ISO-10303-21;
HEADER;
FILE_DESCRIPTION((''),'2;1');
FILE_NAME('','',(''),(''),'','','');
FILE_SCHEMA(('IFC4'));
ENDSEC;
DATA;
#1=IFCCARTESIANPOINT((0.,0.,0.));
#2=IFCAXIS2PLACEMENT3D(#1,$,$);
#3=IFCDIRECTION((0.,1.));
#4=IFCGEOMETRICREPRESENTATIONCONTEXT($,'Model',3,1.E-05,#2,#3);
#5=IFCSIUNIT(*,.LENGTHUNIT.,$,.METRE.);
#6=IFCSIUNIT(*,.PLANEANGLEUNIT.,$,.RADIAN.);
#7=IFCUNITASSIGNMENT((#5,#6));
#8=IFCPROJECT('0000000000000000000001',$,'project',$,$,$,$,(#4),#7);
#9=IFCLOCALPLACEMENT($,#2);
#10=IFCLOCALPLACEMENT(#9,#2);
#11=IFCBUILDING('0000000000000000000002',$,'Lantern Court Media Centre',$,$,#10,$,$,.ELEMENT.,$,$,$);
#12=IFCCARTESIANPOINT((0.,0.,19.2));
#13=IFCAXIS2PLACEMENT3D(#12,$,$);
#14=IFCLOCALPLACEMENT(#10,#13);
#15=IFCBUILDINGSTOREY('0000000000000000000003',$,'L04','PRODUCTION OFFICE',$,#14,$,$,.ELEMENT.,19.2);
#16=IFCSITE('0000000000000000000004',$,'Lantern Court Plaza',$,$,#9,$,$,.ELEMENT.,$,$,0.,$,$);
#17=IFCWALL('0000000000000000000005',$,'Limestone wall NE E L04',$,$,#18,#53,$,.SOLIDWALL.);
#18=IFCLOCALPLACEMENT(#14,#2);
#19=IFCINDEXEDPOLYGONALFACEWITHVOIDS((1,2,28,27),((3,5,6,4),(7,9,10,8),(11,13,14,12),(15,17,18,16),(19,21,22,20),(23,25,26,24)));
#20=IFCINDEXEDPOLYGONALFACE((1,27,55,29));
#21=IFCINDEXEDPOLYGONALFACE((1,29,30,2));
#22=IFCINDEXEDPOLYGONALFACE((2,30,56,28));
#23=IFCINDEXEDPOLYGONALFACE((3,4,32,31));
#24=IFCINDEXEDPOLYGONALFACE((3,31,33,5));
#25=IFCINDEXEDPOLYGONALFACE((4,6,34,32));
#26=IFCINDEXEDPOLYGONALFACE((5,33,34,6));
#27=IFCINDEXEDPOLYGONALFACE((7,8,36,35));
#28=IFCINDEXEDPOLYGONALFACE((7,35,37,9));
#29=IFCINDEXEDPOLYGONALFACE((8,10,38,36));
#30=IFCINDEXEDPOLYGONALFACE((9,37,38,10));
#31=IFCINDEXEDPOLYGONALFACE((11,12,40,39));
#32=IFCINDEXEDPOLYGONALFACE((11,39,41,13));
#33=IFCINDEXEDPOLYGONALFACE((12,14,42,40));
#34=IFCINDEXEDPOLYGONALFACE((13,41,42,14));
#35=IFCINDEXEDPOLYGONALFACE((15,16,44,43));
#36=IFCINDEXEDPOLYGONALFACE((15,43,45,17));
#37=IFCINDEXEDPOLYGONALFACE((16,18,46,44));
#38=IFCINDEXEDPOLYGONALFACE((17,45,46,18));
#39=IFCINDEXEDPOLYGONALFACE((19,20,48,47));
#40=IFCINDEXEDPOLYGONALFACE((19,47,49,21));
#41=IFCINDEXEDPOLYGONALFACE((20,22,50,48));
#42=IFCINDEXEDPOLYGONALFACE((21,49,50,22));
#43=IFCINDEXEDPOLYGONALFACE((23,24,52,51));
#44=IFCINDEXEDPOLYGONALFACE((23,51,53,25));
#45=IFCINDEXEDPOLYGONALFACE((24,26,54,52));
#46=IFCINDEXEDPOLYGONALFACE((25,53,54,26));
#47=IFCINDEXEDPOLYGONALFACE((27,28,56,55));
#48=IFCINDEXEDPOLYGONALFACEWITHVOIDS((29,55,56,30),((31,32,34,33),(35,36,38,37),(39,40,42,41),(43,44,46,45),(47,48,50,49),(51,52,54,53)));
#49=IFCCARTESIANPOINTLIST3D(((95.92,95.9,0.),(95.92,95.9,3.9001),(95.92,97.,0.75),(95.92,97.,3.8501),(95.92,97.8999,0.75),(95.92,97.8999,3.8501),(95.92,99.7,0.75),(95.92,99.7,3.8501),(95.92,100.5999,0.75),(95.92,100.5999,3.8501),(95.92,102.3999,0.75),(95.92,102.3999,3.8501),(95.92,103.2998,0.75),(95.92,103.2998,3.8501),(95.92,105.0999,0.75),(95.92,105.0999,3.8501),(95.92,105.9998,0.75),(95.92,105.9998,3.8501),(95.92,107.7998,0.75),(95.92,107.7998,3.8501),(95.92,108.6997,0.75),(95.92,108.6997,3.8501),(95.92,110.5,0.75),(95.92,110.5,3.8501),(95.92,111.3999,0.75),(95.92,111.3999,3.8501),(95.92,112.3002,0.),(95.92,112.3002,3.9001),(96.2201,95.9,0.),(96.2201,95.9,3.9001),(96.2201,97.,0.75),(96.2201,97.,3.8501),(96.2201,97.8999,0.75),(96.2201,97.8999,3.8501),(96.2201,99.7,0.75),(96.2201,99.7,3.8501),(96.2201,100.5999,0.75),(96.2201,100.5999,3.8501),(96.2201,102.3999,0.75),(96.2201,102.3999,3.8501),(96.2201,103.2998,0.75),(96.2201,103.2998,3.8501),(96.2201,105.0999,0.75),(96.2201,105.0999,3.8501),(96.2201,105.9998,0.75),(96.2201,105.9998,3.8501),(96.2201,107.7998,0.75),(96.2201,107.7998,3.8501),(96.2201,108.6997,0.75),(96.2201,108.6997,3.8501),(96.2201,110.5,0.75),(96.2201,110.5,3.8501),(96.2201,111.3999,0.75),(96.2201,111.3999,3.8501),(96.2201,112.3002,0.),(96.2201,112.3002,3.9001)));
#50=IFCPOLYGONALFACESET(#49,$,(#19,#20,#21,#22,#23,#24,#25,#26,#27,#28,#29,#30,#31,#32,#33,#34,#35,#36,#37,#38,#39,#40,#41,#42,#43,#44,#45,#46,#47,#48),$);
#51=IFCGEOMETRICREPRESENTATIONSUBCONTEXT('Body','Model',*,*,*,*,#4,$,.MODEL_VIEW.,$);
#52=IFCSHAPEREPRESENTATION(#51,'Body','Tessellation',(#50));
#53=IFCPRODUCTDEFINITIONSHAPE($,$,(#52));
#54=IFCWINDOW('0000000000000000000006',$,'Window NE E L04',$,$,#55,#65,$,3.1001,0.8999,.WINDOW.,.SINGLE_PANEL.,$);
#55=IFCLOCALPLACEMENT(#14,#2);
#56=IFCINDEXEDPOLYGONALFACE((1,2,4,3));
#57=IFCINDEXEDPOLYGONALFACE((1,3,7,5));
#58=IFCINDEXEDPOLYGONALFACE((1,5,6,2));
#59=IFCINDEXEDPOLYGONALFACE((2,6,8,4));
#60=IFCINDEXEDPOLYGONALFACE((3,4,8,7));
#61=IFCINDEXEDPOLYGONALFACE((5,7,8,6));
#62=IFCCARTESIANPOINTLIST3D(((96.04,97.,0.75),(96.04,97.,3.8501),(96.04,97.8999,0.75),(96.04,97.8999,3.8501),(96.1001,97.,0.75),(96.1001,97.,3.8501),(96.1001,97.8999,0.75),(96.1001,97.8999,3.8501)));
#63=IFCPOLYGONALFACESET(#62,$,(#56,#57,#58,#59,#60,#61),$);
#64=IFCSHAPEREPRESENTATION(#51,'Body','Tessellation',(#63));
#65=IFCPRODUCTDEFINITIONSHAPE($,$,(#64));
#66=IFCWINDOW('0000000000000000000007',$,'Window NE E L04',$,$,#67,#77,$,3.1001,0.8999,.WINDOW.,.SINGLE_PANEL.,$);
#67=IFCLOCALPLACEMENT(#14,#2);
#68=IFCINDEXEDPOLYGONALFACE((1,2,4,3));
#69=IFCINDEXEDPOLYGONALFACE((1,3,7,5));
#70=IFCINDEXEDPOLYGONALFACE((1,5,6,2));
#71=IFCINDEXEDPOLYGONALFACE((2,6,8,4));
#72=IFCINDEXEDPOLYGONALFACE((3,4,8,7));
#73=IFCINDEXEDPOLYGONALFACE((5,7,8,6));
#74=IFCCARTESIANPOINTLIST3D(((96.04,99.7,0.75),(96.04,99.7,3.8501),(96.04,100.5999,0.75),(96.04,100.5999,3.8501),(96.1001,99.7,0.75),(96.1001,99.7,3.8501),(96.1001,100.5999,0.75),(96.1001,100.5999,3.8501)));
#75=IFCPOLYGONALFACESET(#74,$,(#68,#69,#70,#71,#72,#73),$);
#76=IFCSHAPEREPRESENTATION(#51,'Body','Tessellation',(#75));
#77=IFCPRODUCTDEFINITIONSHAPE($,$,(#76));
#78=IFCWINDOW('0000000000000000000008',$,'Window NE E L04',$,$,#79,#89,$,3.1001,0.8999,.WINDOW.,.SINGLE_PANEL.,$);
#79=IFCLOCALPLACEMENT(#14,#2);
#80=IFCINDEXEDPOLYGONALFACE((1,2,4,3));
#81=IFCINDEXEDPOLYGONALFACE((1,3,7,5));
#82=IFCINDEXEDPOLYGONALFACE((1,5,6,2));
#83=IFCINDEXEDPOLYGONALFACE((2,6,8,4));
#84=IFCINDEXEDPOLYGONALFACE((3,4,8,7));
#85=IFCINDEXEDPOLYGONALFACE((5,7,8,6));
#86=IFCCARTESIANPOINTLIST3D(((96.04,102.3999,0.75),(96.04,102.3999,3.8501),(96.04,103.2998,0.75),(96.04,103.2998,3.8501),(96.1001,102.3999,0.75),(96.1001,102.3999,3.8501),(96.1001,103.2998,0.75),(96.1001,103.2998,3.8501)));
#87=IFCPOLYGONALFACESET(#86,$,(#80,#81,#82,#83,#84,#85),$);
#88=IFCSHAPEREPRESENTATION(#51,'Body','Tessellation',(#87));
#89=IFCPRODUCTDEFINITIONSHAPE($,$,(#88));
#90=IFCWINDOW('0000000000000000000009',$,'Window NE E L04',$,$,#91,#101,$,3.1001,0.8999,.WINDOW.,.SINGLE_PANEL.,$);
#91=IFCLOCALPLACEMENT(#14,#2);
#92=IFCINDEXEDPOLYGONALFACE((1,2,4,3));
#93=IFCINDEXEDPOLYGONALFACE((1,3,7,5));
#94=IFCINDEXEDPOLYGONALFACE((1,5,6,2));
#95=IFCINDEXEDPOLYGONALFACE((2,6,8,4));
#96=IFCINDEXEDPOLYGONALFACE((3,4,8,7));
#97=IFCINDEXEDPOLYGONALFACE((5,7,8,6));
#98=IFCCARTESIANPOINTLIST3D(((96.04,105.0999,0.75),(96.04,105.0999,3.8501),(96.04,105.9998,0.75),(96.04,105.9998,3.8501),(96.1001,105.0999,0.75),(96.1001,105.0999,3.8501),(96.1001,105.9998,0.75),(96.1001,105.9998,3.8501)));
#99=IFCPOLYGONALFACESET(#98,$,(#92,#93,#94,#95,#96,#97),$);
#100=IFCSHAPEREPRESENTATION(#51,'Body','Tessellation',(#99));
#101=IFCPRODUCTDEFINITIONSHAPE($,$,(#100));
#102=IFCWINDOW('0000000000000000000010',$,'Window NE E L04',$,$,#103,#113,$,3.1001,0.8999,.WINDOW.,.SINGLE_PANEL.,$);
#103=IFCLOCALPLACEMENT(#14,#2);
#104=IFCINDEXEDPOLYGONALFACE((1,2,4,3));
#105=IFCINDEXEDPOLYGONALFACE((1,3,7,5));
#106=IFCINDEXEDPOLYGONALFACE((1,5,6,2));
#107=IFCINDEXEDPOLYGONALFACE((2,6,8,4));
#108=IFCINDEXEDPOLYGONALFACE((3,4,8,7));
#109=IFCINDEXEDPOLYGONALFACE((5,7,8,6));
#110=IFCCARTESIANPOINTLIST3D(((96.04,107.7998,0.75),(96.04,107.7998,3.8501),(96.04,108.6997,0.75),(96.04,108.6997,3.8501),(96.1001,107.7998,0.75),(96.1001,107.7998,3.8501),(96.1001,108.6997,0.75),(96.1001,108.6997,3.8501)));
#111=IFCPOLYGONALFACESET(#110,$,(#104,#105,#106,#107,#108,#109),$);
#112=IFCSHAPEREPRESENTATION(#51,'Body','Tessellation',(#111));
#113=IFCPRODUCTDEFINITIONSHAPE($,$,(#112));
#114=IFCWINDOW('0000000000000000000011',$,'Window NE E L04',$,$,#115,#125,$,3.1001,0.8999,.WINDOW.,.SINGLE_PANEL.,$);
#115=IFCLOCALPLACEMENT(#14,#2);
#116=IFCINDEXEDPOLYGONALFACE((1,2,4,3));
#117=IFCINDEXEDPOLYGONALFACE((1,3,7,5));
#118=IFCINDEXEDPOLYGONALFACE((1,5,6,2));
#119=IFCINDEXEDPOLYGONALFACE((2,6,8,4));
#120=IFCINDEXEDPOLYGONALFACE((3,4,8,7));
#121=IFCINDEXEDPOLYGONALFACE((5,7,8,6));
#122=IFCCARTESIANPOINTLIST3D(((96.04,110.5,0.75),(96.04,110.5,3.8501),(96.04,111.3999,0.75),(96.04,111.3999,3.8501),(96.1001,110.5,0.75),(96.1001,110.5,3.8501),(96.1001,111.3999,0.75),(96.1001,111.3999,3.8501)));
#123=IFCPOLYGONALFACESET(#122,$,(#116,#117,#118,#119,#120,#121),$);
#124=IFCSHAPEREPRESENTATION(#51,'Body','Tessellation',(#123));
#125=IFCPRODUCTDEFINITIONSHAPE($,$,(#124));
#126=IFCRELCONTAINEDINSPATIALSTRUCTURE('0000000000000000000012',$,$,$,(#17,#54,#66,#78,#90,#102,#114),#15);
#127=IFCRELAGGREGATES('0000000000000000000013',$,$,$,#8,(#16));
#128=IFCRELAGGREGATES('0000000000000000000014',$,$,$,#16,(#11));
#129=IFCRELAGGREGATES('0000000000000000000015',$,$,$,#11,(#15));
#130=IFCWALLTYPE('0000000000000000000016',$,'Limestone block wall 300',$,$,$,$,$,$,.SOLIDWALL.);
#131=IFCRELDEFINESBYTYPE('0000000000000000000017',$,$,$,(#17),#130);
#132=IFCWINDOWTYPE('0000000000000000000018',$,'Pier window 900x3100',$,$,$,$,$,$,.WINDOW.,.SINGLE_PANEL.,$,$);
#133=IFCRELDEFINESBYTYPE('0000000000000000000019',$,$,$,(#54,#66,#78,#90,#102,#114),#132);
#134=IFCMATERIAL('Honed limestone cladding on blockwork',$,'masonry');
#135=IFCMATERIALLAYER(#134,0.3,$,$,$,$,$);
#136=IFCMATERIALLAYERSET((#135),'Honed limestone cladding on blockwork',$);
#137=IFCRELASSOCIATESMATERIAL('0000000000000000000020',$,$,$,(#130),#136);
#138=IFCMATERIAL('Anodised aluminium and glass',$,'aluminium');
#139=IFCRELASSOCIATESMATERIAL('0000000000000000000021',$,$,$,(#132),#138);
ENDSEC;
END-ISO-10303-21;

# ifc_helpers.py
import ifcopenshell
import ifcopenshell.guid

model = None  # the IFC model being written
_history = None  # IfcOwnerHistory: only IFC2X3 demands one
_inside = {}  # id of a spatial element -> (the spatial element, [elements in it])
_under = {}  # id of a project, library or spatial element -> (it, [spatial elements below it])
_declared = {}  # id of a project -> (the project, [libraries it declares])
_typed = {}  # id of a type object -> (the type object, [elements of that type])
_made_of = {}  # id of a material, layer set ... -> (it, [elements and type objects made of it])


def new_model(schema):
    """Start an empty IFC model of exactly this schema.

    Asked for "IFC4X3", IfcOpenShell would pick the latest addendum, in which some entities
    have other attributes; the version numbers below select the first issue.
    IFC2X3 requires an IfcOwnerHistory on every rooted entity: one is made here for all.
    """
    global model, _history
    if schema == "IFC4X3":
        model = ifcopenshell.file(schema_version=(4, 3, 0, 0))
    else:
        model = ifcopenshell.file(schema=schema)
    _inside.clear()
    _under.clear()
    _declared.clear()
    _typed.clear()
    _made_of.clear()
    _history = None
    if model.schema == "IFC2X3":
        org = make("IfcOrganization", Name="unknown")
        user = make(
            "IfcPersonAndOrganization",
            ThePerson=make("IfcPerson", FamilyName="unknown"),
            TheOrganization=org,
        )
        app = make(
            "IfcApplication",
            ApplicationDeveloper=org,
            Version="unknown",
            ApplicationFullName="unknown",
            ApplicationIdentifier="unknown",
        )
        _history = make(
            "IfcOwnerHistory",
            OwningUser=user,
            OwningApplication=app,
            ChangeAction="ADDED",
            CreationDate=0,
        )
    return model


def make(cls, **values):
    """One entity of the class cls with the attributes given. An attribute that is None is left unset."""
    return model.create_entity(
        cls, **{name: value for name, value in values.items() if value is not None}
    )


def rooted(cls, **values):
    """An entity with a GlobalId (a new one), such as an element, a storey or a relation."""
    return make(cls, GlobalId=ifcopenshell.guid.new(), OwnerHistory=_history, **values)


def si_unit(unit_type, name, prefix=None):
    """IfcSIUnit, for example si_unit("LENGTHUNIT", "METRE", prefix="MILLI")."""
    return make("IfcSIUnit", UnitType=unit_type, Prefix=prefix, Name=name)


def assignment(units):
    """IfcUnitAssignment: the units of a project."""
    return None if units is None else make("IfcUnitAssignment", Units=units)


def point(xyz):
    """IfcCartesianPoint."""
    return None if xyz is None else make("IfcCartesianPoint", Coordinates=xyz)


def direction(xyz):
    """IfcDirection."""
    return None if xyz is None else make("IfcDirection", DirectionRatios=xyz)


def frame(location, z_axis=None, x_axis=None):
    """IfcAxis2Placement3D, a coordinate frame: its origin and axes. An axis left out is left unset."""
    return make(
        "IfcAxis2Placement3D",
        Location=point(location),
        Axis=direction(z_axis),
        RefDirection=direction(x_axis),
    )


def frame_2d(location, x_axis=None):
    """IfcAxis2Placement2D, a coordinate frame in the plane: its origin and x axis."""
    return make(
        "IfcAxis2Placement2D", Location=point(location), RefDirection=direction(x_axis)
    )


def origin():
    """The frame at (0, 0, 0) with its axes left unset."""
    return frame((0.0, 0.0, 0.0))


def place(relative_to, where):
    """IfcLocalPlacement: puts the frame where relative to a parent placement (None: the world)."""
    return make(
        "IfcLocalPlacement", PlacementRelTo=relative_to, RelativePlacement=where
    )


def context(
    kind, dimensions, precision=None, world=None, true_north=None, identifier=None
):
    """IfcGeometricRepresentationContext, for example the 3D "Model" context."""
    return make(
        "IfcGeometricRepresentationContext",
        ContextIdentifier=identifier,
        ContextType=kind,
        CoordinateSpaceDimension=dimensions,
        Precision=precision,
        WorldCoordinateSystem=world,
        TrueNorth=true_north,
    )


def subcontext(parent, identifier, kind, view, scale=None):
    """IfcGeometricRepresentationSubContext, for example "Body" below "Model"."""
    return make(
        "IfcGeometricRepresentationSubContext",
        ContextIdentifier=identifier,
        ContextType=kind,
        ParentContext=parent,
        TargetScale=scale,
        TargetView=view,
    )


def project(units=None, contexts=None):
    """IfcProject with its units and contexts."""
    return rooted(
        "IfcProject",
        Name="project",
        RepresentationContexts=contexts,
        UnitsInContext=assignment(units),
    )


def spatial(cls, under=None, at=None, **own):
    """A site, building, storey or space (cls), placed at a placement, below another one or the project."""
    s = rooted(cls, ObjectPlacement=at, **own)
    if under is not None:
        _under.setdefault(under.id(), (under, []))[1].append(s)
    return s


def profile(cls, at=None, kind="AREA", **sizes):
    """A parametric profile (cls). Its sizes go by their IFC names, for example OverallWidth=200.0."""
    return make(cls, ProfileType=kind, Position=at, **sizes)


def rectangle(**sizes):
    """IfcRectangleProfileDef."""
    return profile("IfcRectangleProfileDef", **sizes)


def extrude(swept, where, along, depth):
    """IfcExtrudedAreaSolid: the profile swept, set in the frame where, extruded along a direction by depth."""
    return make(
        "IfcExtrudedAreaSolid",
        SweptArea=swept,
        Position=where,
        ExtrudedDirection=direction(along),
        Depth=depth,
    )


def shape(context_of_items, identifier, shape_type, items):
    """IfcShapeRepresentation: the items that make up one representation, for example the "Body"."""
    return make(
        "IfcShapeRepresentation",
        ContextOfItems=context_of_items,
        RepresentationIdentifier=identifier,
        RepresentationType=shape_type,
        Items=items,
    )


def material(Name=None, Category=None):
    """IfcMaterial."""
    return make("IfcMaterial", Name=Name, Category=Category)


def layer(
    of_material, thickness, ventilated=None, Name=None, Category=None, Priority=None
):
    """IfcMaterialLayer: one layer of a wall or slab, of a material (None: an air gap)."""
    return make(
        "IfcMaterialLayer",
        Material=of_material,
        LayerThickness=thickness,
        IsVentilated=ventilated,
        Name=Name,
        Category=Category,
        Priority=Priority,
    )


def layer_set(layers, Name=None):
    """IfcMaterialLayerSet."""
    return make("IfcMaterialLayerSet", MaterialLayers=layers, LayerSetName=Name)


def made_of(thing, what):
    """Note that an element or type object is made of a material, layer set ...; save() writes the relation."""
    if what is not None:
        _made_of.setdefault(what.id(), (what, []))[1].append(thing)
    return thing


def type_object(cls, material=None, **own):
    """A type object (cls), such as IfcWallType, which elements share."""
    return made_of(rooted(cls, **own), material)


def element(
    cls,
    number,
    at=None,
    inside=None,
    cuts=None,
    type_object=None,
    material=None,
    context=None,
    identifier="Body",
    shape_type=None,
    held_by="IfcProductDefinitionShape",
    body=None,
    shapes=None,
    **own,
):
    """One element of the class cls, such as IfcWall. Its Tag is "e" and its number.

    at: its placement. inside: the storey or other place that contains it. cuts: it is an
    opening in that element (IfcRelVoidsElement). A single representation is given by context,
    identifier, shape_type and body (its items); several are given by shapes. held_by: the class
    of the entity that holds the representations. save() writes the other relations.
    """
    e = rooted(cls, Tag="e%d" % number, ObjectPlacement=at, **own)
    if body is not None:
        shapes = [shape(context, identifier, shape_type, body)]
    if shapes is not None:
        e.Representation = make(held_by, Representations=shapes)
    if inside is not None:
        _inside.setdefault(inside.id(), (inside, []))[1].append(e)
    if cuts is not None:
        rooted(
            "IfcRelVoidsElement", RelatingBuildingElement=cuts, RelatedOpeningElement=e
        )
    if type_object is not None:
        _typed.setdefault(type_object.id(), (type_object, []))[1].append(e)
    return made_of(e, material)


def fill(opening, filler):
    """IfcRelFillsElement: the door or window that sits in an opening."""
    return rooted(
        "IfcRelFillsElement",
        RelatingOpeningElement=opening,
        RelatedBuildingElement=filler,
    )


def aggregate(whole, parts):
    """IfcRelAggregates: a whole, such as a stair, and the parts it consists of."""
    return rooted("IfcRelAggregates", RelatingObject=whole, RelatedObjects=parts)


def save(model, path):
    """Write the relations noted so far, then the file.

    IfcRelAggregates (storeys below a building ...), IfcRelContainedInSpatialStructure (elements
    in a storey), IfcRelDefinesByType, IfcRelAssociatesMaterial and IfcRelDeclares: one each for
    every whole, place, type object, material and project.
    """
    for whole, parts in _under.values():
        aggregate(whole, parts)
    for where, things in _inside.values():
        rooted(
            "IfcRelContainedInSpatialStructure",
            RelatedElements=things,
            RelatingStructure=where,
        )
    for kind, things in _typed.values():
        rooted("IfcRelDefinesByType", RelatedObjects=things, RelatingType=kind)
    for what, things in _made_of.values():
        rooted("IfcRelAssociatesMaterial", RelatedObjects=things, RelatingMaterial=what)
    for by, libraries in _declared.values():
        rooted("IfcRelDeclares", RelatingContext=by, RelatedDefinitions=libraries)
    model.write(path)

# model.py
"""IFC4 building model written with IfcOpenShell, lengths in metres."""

from ifc_helpers import new_model, si_unit, direction, frame, frame_2d, origin, place, context, subcontext, project, spatial, rectangle, extrude, material, layer, layer_set, type_object, element, fill, save


model = new_model("IFC4")

# Units and contexts
model_context = context("Model", 3, precision=1e-05, world=origin(), true_north=direction((0.0, 1.0)))
body_context = subcontext(model_context, "Body", "Model", "MODEL_VIEW")
ifc_project = project(units=[si_unit("LENGTHUNIT", "METRE"), si_unit("PLANEANGLEUNIT", "RADIAN")], contexts=[model_context])

# Site, building, storey
site_placement = place(None, origin())
site = spatial("IfcSite", under=ifc_project, at=site_placement, Name="Lantern Court Plaza", CompositionType="ELEMENT", RefElevation=0.0)
building_placement = place(site_placement, origin())
building = spatial("IfcBuilding", under=site, at=building_placement, Name="Lantern Court Media Centre", CompositionType="ELEMENT")
storey_placement = place(building_placement, frame((0.0, 0.0, 19.2)))
storey = spatial("IfcBuildingStorey", under=building, at=storey_placement, Name="L04", Description="PRODUCTION OFFICE", CompositionType="ELEMENT", Elevation=19.2)

# Wall, openings, windows
ifc_material_1 = material(Name="Honed limestone cladding on blockwork", Category="masonry")
ifc_layer_1 = layer(ifc_material_1, 0.3)
ifc_layer_set_1 = layer_set([ifc_layer_1], Name="Honed limestone cladding on blockwork")
wall_type_1 = type_object("IfcWallType", Name="Limestone block wall 300", PredefinedType="SOLIDWALL", material=ifc_layer_set_1)
wall_1_placement = place(storey_placement, frame((96.0701, 95.8999, 0.0), z_axis=(0.0, 0.0, 1.0), x_axis=(0.0, 1.0, 0.0)))
wall_1 = element("IfcWall", 1, at=wall_1_placement, inside=storey, type_object=wall_type_1, Name="Limestone wall NE E L04", PredefinedType="SOLIDWALL", context=body_context, shape_type="SweptSolid", body=[
    extrude(rectangle(XDim=16.4001, YDim=0.3, at=frame_2d((8.2002, 0.0))), origin(), (0.0, 0.0, 1.0), 3.9001),
])
opening_1_placement = place(wall_1_placement, frame((1.1001, 0.0, 0.75)))
opening_1 = element("IfcOpeningElement", 2, at=opening_1_placement, cuts=wall_1, PredefinedType="OPENING", context=body_context, shape_type="SweptSolid", body=[
    extrude(rectangle(XDim=0.8999, YDim=3.1001, at=frame_2d((0.45, 1.55))), frame((0.0, 0.1599, 0.0), z_axis=(0.0, -1.0, 0.0), x_axis=(1.0, 0.0, 0.0)), (0.0, 0.0, 1.0), 0.3201),
])
opening_2_placement = place(wall_1_placement, frame((3.8, 0.0, 0.75)))
opening_2 = element("IfcOpeningElement", 3, at=opening_2_placement, cuts=wall_1, PredefinedType="OPENING", context=body_context, shape_type="SweptSolid", body=[
    extrude(rectangle(XDim=0.8999, YDim=3.1001, at=frame_2d((0.45, 1.55))), frame((0.0, 0.1599, 0.0), z_axis=(0.0, -1.0, 0.0), x_axis=(1.0, 0.0, 0.0)), (0.0, 0.0, 1.0), 0.3201),
])
opening_3_placement = place(wall_1_placement, frame((6.5, 0.0, 0.75)))
opening_3 = element("IfcOpeningElement", 4, at=opening_3_placement, cuts=wall_1, PredefinedType="OPENING", context=body_context, shape_type="SweptSolid", body=[
    extrude(rectangle(XDim=0.8999, YDim=3.1001, at=frame_2d((0.45, 1.55))), frame((0.0, 0.1599, 0.0), z_axis=(0.0, -1.0, 0.0), x_axis=(1.0, 0.0, 0.0)), (0.0, 0.0, 1.0), 0.3201),
])
opening_4_placement = place(wall_1_placement, frame((9.2, 0.0, 0.75)))
opening_4 = element("IfcOpeningElement", 5, at=opening_4_placement, cuts=wall_1, PredefinedType="OPENING", context=body_context, shape_type="SweptSolid", body=[
    extrude(rectangle(XDim=0.8999, YDim=3.1001, at=frame_2d((0.45, 1.55))), frame((0.0, 0.1599, 0.0), z_axis=(0.0, -1.0, 0.0), x_axis=(1.0, 0.0, 0.0)), (0.0, 0.0, 1.0), 0.3201),
])
opening_5_placement = place(wall_1_placement, frame((11.8999, 0.0, 0.75)))
opening_5 = element("IfcOpeningElement", 6, at=opening_5_placement, cuts=wall_1, PredefinedType="OPENING", context=body_context, shape_type="SweptSolid", body=[
    extrude(rectangle(XDim=0.8999, YDim=3.1001, at=frame_2d((0.45, 1.55))), frame((0.0, 0.1599, 0.0), z_axis=(0.0, -1.0, 0.0), x_axis=(1.0, 0.0, 0.0)), (0.0, 0.0, 1.0), 0.3201),
])
opening_6_placement = place(wall_1_placement, frame((14.6001, 0.0, 0.75)))
opening_6 = element("IfcOpeningElement", 7, at=opening_6_placement, cuts=wall_1, PredefinedType="OPENING", context=body_context, shape_type="SweptSolid", body=[
    extrude(rectangle(XDim=0.8999, YDim=3.1001, at=frame_2d((0.45, 1.55))), frame((0.0, 0.1599, 0.0), z_axis=(0.0, -1.0, 0.0), x_axis=(1.0, 0.0, 0.0)), (0.0, 0.0, 1.0), 0.3201),
])
ifc_material_2 = material(Name="Anodised aluminium and glass", Category="aluminium")
window_type = type_object("IfcWindowType", Name="Pier window 900x3100", PartitioningType="SINGLE_PANEL", PredefinedType="WINDOW", material=ifc_material_2)
window_1_placement = place(opening_1_placement, origin())
window_1 = element("IfcWindow", 8, at=window_1_placement, inside=storey, type_object=window_type, Name="Window NE E L04", OverallHeight=3.1001, OverallWidth=0.8999, PartitioningType="SINGLE_PANEL", PredefinedType="WINDOW", context=body_context, shape_type="SweptSolid", body=[
    extrude(rectangle(XDim=0.8999, YDim=3.1001, at=frame_2d((0.45, 1.55))), frame((0.0, 0.03, 0.0), z_axis=(0.0, -1.0, 0.0), x_axis=(1.0, 0.0, 0.0)), (0.0, 0.0, 1.0), 0.0601),
])
fill(opening_1, window_1)
window_2_placement = place(opening_2_placement, origin())
window_2 = element("IfcWindow", 9, at=window_2_placement, inside=storey, type_object=window_type, Name="Window NE E L04", OverallHeight=3.1001, OverallWidth=0.8999, PartitioningType="SINGLE_PANEL", PredefinedType="WINDOW", context=body_context, shape_type="SweptSolid", body=[
    extrude(rectangle(XDim=0.8999, YDim=3.1001, at=frame_2d((0.45, 1.55))), frame((0.0, 0.03, 0.0), z_axis=(0.0, -1.0, 0.0), x_axis=(1.0, 0.0, 0.0)), (0.0, 0.0, 1.0), 0.0601),
])
fill(opening_2, window_2)
window_3_placement = place(opening_3_placement, origin())
window_3 = element("IfcWindow", 10, at=window_3_placement, inside=storey, type_object=window_type, Name="Window NE E L04", OverallHeight=3.1001, OverallWidth=0.8999, PartitioningType="SINGLE_PANEL", PredefinedType="WINDOW", context=body_context, shape_type="SweptSolid", body=[
    extrude(rectangle(XDim=0.8999, YDim=3.1001, at=frame_2d((0.45, 1.55))), frame((0.0, 0.03, 0.0), z_axis=(0.0, -1.0, 0.0), x_axis=(1.0, 0.0, 0.0)), (0.0, 0.0, 1.0), 0.0601),
])
fill(opening_3, window_3)
window_4_placement = place(opening_4_placement, origin())
window_4 = element("IfcWindow", 11, at=window_4_placement, inside=storey, type_object=window_type, Name="Window NE E L04", OverallHeight=3.1001, OverallWidth=0.8999, PartitioningType="SINGLE_PANEL", PredefinedType="WINDOW", context=body_context, shape_type="SweptSolid", body=[
    extrude(rectangle(XDim=0.8999, YDim=3.1001, at=frame_2d((0.45, 1.55))), frame((0.0, 0.03, 0.0), z_axis=(0.0, -1.0, 0.0), x_axis=(1.0, 0.0, 0.0)), (0.0, 0.0, 1.0), 0.0601),
])
fill(opening_4, window_4)
window_5_placement = place(opening_5_placement, origin())
window_5 = element("IfcWindow", 12, at=window_5_placement, inside=storey, type_object=window_type, Name="Window NE E L04", OverallHeight=3.1001, OverallWidth=0.8999, PartitioningType="SINGLE_PANEL", PredefinedType="WINDOW", context=body_context, shape_type="SweptSolid", body=[
    extrude(rectangle(XDim=0.8999, YDim=3.1001, at=frame_2d((0.45, 1.55))), frame((0.0, 0.03, 0.0), z_axis=(0.0, -1.0, 0.0), x_axis=(1.0, 0.0, 0.0)), (0.0, 0.0, 1.0), 0.0601),
])
fill(opening_5, window_5)
window_6_placement = place(opening_6_placement, origin())
window_6 = element("IfcWindow", 13, at=window_6_placement, inside=storey, type_object=window_type, Name="Window NE E L04", OverallHeight=3.1001, OverallWidth=0.8999, PartitioningType="SINGLE_PANEL", PredefinedType="WINDOW", context=body_context, shape_type="SweptSolid", body=[
    extrude(rectangle(XDim=0.8999, YDim=3.1001, at=frame_2d((0.45, 1.55))), frame((0.0, 0.03, 0.0), z_axis=(0.0, -1.0, 0.0), x_axis=(1.0, 0.0, 0.0)), (0.0, 0.0, 1.0), 0.0601),
])
fill(opening_6, window_6)

save(model, "model.ifc")
